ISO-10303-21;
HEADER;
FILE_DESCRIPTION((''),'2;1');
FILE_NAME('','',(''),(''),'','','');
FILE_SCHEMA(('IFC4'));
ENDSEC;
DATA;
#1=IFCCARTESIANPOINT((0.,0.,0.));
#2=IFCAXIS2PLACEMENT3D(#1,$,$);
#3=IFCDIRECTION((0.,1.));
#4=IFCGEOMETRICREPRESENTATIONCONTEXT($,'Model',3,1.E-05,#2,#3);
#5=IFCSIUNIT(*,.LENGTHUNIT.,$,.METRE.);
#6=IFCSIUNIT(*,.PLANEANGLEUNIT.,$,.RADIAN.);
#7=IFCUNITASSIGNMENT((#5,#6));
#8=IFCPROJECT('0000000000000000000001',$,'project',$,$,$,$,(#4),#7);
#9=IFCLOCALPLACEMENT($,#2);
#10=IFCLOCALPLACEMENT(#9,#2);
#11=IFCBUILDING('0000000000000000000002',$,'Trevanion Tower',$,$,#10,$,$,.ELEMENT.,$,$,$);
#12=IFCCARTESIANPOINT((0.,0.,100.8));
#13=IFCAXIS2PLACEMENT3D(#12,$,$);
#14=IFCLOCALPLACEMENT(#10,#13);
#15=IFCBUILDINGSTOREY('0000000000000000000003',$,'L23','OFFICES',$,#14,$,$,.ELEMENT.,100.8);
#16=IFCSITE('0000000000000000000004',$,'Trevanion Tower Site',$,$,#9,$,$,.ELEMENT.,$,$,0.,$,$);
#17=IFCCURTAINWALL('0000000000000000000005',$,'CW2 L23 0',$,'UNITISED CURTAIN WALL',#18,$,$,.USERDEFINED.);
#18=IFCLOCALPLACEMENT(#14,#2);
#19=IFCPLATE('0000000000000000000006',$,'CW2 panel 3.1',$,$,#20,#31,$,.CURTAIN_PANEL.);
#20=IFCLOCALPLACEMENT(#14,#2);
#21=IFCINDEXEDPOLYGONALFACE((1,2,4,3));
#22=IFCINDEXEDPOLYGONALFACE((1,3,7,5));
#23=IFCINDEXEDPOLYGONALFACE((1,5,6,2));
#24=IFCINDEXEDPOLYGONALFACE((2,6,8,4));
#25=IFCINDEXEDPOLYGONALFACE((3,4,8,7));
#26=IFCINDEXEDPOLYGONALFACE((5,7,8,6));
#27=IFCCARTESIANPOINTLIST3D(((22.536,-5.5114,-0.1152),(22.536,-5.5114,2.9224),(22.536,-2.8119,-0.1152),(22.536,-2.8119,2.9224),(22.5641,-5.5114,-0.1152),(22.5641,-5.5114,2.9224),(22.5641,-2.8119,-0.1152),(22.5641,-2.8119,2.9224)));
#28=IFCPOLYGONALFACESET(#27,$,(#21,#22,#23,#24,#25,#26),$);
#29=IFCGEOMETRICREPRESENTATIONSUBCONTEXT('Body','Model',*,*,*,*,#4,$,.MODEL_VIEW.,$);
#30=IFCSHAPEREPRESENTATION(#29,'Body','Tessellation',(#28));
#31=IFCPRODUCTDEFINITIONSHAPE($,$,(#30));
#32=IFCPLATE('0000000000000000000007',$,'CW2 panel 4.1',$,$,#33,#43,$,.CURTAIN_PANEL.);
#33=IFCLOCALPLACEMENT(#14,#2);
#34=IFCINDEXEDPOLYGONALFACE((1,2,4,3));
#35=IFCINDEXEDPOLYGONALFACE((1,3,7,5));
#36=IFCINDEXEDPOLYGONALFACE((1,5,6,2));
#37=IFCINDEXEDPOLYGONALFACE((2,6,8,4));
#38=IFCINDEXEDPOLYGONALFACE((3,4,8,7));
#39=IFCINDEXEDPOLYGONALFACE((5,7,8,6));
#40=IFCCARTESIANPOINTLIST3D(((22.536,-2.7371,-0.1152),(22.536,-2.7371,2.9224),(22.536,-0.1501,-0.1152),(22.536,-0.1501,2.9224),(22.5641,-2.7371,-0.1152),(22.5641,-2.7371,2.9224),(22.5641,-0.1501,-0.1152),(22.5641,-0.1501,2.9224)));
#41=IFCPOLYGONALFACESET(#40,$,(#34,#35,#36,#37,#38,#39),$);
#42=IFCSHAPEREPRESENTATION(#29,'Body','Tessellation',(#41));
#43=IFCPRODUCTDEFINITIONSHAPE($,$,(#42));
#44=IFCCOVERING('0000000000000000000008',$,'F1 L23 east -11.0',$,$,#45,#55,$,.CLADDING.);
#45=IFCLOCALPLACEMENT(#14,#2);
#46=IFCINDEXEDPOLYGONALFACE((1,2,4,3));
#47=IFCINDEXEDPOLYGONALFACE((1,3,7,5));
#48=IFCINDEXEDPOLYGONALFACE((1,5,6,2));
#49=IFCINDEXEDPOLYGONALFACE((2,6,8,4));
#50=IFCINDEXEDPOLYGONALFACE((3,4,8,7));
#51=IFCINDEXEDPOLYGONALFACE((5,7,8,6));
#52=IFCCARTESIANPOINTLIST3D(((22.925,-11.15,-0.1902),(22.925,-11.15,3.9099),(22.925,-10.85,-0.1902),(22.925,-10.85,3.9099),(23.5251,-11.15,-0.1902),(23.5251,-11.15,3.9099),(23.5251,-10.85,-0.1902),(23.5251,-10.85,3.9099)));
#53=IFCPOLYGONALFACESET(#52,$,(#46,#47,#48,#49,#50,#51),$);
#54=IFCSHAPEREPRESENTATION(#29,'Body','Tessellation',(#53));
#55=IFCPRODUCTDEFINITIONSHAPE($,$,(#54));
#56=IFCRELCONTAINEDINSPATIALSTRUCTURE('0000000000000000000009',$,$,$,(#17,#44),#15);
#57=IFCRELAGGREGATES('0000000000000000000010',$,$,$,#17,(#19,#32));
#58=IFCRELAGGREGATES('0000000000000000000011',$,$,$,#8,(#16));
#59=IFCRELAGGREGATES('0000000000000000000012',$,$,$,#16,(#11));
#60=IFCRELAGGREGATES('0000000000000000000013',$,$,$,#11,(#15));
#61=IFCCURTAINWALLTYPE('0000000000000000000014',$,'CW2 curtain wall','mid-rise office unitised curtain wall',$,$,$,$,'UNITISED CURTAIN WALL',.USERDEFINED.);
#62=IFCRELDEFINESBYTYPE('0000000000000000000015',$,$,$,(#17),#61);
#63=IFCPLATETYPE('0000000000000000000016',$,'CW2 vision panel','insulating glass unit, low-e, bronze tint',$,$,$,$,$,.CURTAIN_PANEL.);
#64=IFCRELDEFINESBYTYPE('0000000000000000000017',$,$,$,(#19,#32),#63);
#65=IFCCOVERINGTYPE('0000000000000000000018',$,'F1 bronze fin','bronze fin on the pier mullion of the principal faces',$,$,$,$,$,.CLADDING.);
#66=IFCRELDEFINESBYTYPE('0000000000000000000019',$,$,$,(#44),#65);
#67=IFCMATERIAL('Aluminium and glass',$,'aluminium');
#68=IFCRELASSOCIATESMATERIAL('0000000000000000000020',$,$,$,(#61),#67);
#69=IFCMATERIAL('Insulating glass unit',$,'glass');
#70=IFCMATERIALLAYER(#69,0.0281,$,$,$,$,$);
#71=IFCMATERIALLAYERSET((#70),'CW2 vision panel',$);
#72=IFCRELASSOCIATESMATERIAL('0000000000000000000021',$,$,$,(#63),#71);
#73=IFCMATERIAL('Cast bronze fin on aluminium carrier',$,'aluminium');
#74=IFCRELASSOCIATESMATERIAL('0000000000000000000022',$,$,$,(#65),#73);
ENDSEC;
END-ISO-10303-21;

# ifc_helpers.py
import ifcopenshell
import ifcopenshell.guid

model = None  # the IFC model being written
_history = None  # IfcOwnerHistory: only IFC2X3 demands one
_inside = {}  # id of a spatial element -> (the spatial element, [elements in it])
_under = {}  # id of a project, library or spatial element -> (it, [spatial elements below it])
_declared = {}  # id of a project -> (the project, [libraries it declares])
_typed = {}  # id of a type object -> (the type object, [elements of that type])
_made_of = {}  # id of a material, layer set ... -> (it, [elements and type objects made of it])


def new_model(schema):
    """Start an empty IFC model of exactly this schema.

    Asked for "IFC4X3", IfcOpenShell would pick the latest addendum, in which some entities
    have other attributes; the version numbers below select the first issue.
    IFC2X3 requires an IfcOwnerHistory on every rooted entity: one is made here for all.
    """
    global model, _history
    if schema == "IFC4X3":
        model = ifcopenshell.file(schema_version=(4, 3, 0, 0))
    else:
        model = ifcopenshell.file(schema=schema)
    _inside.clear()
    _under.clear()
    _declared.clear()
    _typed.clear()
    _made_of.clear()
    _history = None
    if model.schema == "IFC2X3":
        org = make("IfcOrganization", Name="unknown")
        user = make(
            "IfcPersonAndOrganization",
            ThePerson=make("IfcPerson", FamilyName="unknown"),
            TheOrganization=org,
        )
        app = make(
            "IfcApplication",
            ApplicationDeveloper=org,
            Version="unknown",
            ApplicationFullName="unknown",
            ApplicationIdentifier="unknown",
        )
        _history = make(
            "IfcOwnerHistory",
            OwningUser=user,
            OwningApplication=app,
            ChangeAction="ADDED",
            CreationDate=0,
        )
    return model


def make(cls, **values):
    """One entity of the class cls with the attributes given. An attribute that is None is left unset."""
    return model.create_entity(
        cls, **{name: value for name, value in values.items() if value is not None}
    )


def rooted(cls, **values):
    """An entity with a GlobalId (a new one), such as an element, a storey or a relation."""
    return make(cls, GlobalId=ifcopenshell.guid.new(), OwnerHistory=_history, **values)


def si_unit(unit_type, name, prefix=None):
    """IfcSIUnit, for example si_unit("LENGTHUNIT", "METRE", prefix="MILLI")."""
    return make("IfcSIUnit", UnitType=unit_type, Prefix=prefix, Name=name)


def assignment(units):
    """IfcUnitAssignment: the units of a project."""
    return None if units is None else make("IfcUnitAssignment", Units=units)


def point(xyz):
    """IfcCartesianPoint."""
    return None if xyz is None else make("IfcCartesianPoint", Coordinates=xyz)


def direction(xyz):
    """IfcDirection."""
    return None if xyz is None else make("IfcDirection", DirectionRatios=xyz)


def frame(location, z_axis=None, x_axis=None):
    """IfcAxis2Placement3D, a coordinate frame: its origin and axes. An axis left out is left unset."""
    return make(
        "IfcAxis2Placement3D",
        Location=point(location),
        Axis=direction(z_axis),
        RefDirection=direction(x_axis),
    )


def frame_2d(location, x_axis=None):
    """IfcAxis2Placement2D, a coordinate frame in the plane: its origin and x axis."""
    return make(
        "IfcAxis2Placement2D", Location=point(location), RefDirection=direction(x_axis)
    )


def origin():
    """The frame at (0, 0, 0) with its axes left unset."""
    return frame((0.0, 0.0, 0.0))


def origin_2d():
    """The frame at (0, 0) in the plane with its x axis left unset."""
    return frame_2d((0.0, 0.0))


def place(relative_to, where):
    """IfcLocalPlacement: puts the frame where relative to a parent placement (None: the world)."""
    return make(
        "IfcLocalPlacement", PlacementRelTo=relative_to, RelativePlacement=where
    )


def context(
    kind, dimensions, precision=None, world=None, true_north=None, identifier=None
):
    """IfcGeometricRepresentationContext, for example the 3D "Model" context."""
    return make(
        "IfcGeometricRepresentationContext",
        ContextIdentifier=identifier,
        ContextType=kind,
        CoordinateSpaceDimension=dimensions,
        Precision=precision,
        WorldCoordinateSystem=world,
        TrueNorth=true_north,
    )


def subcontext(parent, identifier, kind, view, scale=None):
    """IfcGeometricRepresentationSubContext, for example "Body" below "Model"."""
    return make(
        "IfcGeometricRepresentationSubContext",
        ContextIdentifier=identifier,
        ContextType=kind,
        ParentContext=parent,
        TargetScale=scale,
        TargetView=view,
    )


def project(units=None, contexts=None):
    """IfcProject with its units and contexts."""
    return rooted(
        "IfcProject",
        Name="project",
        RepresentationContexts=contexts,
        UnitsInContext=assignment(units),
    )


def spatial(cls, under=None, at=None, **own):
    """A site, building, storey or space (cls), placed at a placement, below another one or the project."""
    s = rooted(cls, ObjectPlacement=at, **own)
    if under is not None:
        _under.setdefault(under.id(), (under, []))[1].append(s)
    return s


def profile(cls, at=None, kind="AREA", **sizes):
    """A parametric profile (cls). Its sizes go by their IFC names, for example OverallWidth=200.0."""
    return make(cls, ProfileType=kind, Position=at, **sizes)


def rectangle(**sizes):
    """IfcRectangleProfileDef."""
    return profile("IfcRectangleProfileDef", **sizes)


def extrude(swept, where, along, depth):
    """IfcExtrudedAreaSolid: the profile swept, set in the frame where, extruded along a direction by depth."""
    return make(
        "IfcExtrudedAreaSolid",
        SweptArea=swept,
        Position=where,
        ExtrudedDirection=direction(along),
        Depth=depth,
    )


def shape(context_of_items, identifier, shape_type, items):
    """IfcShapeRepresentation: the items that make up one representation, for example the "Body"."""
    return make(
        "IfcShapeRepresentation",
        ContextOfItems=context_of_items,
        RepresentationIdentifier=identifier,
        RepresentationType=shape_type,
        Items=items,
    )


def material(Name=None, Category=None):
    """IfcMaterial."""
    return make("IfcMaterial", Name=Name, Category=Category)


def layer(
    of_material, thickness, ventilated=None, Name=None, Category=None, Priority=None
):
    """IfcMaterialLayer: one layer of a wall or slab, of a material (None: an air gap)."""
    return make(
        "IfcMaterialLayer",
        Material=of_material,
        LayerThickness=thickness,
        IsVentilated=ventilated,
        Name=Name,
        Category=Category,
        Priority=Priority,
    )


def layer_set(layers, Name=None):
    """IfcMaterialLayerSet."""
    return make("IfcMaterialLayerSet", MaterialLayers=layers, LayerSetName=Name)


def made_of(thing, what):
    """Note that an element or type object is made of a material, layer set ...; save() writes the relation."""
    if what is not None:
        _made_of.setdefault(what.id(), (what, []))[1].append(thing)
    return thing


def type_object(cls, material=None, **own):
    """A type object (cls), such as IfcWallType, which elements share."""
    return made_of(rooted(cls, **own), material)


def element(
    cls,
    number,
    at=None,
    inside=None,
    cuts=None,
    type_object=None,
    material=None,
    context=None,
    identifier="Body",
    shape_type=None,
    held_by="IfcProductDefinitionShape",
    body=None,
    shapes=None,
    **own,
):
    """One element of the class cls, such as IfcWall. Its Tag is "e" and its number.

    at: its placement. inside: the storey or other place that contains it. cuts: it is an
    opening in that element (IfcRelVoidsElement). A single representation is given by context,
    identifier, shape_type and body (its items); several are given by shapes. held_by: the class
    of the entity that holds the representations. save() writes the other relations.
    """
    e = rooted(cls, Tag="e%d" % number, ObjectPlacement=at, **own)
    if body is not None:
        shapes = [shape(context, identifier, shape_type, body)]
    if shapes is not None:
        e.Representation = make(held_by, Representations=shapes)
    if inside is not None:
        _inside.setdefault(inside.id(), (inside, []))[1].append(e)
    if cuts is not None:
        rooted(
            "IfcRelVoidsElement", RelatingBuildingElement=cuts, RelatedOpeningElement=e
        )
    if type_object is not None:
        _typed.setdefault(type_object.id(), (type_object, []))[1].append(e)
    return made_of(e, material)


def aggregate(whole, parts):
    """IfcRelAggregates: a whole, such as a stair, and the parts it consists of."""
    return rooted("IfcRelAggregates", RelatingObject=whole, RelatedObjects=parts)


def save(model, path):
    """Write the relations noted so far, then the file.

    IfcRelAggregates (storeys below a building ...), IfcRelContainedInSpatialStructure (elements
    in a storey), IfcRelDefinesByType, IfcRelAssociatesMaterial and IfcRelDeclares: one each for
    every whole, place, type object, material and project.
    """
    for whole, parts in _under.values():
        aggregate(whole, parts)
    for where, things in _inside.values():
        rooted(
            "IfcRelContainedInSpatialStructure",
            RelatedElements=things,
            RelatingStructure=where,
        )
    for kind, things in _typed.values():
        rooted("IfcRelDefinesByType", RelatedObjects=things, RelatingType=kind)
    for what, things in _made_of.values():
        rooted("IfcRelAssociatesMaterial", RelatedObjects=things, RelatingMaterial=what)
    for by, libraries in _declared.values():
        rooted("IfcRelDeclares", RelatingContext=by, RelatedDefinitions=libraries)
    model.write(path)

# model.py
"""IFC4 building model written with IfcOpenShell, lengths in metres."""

from ifc_helpers import new_model, si_unit, direction, frame, origin, origin_2d, place, context, subcontext, project, spatial, rectangle, extrude, material, layer, layer_set, type_object, element, aggregate, save


model = new_model("IFC4")

# Units and contexts
model_context = context("Model", 3, precision=1e-05, world=origin(), true_north=direction((0.0, 1.0)))
body_context = subcontext(model_context, "Body", "Model", "MODEL_VIEW")
ifc_project = project(units=[si_unit("LENGTHUNIT", "METRE"), si_unit("PLANEANGLEUNIT", "RADIAN")], contexts=[model_context])

# Site, building, storey
site_placement = place(None, origin())
site = spatial("IfcSite", under=ifc_project, at=site_placement, Name="Trevanion Tower Site", CompositionType="ELEMENT", RefElevation=0.0)
building_placement = place(site_placement, origin())
building = spatial("IfcBuilding", under=site, at=building_placement, Name="Trevanion Tower", CompositionType="ELEMENT")
storey_placement = place(building_placement, frame((0.0, 0.0, 100.8)))
storey = spatial("IfcBuildingStorey", under=building, at=storey_placement, Name="L23", Description="OFFICES", CompositionType="ELEMENT", Elevation=100.8)

# Curtain wall, plates
ifc_material_1 = material(Name="Aluminium and glass", Category="aluminium")
curtain_wall_type = type_object("IfcCurtainWallType", Name="CW2 curtain wall", Description="mid-rise office unitised curtain wall", ElementType="UNITISED CURTAIN WALL", PredefinedType="USERDEFINED", material=ifc_material_1)
curtain_wall_placement = place(storey_placement, origin())
curtain_wall = element("IfcCurtainWall", 1, at=curtain_wall_placement, inside=storey, type_object=curtain_wall_type, Name="CW2 L23 0", ObjectType="UNITISED CURTAIN WALL", PredefinedType="USERDEFINED")
ifc_material_2 = material(Name="Insulating glass unit", Category="glass")
ifc_layer_1 = layer(ifc_material_2, 0.0281)
ifc_layer_set_1 = layer_set([ifc_layer_1], Name="CW2 vision panel")
plate_type_1 = type_object("IfcPlateType", Name="CW2 vision panel", Description="insulating glass unit, low-e, bronze tint", PredefinedType="CURTAIN_PANEL", material=ifc_layer_set_1)
plate_1_placement = place(storey_placement, frame((22.55, -4.1616, -0.1152), z_axis=(0.0, 0.0, 1.0), x_axis=(0.0, 1.0, 0.0)))
plate_1 = element("IfcPlate", 2, at=plate_1_placement, type_object=plate_type_1, Name="CW2 panel 3.1", PredefinedType="CURTAIN_PANEL", context=body_context, shape_type="SweptSolid", body=[
    extrude(rectangle(XDim=2.6995, YDim=0.0281, at=origin_2d()), origin(), (0.0, 0.0, 1.0), 3.0376),
])
plate_2_placement = place(storey_placement, frame((22.55, -1.4436, -0.1152), z_axis=(0.0, 0.0, 1.0), x_axis=(0.0, 1.0, 0.0)))
plate_2 = element("IfcPlate", 3, at=plate_2_placement, type_object=plate_type_1, Name="CW2 panel 4.1", PredefinedType="CURTAIN_PANEL", context=body_context, shape_type="SweptSolid", body=[
    extrude(rectangle(XDim=2.5869, YDim=0.0281, at=origin_2d()), origin(), (0.0, 0.0, 1.0), 3.0376),
])
aggregate(curtain_wall, [plate_1, plate_2])

# Covering
ifc_material_3 = material(Name="Cast bronze fin on aluminium carrier", Category="aluminium")
covering_type = type_object("IfcCoveringType", Name="F1 bronze fin", Description="bronze fin on the pier mullion of the principal faces", PredefinedType="CLADDING", material=ifc_material_3)
covering_placement = place(storey_placement, frame((23.2251, -11.0, -0.1902), z_axis=(0.0, 0.0, 1.0), x_axis=(0.0, 1.0, 0.0)))
element("IfcCovering", 4, at=covering_placement, inside=storey, type_object=covering_type, Name="F1 L23 east -11.0", PredefinedType="CLADDING", context=body_context, shape_type="SweptSolid", body=[
    extrude(rectangle(XDim=0.3, YDim=0.6001, at=origin_2d()), origin(), (0.0, 0.0, 1.0), 4.1001),
])

save(model, "model.ifc")
